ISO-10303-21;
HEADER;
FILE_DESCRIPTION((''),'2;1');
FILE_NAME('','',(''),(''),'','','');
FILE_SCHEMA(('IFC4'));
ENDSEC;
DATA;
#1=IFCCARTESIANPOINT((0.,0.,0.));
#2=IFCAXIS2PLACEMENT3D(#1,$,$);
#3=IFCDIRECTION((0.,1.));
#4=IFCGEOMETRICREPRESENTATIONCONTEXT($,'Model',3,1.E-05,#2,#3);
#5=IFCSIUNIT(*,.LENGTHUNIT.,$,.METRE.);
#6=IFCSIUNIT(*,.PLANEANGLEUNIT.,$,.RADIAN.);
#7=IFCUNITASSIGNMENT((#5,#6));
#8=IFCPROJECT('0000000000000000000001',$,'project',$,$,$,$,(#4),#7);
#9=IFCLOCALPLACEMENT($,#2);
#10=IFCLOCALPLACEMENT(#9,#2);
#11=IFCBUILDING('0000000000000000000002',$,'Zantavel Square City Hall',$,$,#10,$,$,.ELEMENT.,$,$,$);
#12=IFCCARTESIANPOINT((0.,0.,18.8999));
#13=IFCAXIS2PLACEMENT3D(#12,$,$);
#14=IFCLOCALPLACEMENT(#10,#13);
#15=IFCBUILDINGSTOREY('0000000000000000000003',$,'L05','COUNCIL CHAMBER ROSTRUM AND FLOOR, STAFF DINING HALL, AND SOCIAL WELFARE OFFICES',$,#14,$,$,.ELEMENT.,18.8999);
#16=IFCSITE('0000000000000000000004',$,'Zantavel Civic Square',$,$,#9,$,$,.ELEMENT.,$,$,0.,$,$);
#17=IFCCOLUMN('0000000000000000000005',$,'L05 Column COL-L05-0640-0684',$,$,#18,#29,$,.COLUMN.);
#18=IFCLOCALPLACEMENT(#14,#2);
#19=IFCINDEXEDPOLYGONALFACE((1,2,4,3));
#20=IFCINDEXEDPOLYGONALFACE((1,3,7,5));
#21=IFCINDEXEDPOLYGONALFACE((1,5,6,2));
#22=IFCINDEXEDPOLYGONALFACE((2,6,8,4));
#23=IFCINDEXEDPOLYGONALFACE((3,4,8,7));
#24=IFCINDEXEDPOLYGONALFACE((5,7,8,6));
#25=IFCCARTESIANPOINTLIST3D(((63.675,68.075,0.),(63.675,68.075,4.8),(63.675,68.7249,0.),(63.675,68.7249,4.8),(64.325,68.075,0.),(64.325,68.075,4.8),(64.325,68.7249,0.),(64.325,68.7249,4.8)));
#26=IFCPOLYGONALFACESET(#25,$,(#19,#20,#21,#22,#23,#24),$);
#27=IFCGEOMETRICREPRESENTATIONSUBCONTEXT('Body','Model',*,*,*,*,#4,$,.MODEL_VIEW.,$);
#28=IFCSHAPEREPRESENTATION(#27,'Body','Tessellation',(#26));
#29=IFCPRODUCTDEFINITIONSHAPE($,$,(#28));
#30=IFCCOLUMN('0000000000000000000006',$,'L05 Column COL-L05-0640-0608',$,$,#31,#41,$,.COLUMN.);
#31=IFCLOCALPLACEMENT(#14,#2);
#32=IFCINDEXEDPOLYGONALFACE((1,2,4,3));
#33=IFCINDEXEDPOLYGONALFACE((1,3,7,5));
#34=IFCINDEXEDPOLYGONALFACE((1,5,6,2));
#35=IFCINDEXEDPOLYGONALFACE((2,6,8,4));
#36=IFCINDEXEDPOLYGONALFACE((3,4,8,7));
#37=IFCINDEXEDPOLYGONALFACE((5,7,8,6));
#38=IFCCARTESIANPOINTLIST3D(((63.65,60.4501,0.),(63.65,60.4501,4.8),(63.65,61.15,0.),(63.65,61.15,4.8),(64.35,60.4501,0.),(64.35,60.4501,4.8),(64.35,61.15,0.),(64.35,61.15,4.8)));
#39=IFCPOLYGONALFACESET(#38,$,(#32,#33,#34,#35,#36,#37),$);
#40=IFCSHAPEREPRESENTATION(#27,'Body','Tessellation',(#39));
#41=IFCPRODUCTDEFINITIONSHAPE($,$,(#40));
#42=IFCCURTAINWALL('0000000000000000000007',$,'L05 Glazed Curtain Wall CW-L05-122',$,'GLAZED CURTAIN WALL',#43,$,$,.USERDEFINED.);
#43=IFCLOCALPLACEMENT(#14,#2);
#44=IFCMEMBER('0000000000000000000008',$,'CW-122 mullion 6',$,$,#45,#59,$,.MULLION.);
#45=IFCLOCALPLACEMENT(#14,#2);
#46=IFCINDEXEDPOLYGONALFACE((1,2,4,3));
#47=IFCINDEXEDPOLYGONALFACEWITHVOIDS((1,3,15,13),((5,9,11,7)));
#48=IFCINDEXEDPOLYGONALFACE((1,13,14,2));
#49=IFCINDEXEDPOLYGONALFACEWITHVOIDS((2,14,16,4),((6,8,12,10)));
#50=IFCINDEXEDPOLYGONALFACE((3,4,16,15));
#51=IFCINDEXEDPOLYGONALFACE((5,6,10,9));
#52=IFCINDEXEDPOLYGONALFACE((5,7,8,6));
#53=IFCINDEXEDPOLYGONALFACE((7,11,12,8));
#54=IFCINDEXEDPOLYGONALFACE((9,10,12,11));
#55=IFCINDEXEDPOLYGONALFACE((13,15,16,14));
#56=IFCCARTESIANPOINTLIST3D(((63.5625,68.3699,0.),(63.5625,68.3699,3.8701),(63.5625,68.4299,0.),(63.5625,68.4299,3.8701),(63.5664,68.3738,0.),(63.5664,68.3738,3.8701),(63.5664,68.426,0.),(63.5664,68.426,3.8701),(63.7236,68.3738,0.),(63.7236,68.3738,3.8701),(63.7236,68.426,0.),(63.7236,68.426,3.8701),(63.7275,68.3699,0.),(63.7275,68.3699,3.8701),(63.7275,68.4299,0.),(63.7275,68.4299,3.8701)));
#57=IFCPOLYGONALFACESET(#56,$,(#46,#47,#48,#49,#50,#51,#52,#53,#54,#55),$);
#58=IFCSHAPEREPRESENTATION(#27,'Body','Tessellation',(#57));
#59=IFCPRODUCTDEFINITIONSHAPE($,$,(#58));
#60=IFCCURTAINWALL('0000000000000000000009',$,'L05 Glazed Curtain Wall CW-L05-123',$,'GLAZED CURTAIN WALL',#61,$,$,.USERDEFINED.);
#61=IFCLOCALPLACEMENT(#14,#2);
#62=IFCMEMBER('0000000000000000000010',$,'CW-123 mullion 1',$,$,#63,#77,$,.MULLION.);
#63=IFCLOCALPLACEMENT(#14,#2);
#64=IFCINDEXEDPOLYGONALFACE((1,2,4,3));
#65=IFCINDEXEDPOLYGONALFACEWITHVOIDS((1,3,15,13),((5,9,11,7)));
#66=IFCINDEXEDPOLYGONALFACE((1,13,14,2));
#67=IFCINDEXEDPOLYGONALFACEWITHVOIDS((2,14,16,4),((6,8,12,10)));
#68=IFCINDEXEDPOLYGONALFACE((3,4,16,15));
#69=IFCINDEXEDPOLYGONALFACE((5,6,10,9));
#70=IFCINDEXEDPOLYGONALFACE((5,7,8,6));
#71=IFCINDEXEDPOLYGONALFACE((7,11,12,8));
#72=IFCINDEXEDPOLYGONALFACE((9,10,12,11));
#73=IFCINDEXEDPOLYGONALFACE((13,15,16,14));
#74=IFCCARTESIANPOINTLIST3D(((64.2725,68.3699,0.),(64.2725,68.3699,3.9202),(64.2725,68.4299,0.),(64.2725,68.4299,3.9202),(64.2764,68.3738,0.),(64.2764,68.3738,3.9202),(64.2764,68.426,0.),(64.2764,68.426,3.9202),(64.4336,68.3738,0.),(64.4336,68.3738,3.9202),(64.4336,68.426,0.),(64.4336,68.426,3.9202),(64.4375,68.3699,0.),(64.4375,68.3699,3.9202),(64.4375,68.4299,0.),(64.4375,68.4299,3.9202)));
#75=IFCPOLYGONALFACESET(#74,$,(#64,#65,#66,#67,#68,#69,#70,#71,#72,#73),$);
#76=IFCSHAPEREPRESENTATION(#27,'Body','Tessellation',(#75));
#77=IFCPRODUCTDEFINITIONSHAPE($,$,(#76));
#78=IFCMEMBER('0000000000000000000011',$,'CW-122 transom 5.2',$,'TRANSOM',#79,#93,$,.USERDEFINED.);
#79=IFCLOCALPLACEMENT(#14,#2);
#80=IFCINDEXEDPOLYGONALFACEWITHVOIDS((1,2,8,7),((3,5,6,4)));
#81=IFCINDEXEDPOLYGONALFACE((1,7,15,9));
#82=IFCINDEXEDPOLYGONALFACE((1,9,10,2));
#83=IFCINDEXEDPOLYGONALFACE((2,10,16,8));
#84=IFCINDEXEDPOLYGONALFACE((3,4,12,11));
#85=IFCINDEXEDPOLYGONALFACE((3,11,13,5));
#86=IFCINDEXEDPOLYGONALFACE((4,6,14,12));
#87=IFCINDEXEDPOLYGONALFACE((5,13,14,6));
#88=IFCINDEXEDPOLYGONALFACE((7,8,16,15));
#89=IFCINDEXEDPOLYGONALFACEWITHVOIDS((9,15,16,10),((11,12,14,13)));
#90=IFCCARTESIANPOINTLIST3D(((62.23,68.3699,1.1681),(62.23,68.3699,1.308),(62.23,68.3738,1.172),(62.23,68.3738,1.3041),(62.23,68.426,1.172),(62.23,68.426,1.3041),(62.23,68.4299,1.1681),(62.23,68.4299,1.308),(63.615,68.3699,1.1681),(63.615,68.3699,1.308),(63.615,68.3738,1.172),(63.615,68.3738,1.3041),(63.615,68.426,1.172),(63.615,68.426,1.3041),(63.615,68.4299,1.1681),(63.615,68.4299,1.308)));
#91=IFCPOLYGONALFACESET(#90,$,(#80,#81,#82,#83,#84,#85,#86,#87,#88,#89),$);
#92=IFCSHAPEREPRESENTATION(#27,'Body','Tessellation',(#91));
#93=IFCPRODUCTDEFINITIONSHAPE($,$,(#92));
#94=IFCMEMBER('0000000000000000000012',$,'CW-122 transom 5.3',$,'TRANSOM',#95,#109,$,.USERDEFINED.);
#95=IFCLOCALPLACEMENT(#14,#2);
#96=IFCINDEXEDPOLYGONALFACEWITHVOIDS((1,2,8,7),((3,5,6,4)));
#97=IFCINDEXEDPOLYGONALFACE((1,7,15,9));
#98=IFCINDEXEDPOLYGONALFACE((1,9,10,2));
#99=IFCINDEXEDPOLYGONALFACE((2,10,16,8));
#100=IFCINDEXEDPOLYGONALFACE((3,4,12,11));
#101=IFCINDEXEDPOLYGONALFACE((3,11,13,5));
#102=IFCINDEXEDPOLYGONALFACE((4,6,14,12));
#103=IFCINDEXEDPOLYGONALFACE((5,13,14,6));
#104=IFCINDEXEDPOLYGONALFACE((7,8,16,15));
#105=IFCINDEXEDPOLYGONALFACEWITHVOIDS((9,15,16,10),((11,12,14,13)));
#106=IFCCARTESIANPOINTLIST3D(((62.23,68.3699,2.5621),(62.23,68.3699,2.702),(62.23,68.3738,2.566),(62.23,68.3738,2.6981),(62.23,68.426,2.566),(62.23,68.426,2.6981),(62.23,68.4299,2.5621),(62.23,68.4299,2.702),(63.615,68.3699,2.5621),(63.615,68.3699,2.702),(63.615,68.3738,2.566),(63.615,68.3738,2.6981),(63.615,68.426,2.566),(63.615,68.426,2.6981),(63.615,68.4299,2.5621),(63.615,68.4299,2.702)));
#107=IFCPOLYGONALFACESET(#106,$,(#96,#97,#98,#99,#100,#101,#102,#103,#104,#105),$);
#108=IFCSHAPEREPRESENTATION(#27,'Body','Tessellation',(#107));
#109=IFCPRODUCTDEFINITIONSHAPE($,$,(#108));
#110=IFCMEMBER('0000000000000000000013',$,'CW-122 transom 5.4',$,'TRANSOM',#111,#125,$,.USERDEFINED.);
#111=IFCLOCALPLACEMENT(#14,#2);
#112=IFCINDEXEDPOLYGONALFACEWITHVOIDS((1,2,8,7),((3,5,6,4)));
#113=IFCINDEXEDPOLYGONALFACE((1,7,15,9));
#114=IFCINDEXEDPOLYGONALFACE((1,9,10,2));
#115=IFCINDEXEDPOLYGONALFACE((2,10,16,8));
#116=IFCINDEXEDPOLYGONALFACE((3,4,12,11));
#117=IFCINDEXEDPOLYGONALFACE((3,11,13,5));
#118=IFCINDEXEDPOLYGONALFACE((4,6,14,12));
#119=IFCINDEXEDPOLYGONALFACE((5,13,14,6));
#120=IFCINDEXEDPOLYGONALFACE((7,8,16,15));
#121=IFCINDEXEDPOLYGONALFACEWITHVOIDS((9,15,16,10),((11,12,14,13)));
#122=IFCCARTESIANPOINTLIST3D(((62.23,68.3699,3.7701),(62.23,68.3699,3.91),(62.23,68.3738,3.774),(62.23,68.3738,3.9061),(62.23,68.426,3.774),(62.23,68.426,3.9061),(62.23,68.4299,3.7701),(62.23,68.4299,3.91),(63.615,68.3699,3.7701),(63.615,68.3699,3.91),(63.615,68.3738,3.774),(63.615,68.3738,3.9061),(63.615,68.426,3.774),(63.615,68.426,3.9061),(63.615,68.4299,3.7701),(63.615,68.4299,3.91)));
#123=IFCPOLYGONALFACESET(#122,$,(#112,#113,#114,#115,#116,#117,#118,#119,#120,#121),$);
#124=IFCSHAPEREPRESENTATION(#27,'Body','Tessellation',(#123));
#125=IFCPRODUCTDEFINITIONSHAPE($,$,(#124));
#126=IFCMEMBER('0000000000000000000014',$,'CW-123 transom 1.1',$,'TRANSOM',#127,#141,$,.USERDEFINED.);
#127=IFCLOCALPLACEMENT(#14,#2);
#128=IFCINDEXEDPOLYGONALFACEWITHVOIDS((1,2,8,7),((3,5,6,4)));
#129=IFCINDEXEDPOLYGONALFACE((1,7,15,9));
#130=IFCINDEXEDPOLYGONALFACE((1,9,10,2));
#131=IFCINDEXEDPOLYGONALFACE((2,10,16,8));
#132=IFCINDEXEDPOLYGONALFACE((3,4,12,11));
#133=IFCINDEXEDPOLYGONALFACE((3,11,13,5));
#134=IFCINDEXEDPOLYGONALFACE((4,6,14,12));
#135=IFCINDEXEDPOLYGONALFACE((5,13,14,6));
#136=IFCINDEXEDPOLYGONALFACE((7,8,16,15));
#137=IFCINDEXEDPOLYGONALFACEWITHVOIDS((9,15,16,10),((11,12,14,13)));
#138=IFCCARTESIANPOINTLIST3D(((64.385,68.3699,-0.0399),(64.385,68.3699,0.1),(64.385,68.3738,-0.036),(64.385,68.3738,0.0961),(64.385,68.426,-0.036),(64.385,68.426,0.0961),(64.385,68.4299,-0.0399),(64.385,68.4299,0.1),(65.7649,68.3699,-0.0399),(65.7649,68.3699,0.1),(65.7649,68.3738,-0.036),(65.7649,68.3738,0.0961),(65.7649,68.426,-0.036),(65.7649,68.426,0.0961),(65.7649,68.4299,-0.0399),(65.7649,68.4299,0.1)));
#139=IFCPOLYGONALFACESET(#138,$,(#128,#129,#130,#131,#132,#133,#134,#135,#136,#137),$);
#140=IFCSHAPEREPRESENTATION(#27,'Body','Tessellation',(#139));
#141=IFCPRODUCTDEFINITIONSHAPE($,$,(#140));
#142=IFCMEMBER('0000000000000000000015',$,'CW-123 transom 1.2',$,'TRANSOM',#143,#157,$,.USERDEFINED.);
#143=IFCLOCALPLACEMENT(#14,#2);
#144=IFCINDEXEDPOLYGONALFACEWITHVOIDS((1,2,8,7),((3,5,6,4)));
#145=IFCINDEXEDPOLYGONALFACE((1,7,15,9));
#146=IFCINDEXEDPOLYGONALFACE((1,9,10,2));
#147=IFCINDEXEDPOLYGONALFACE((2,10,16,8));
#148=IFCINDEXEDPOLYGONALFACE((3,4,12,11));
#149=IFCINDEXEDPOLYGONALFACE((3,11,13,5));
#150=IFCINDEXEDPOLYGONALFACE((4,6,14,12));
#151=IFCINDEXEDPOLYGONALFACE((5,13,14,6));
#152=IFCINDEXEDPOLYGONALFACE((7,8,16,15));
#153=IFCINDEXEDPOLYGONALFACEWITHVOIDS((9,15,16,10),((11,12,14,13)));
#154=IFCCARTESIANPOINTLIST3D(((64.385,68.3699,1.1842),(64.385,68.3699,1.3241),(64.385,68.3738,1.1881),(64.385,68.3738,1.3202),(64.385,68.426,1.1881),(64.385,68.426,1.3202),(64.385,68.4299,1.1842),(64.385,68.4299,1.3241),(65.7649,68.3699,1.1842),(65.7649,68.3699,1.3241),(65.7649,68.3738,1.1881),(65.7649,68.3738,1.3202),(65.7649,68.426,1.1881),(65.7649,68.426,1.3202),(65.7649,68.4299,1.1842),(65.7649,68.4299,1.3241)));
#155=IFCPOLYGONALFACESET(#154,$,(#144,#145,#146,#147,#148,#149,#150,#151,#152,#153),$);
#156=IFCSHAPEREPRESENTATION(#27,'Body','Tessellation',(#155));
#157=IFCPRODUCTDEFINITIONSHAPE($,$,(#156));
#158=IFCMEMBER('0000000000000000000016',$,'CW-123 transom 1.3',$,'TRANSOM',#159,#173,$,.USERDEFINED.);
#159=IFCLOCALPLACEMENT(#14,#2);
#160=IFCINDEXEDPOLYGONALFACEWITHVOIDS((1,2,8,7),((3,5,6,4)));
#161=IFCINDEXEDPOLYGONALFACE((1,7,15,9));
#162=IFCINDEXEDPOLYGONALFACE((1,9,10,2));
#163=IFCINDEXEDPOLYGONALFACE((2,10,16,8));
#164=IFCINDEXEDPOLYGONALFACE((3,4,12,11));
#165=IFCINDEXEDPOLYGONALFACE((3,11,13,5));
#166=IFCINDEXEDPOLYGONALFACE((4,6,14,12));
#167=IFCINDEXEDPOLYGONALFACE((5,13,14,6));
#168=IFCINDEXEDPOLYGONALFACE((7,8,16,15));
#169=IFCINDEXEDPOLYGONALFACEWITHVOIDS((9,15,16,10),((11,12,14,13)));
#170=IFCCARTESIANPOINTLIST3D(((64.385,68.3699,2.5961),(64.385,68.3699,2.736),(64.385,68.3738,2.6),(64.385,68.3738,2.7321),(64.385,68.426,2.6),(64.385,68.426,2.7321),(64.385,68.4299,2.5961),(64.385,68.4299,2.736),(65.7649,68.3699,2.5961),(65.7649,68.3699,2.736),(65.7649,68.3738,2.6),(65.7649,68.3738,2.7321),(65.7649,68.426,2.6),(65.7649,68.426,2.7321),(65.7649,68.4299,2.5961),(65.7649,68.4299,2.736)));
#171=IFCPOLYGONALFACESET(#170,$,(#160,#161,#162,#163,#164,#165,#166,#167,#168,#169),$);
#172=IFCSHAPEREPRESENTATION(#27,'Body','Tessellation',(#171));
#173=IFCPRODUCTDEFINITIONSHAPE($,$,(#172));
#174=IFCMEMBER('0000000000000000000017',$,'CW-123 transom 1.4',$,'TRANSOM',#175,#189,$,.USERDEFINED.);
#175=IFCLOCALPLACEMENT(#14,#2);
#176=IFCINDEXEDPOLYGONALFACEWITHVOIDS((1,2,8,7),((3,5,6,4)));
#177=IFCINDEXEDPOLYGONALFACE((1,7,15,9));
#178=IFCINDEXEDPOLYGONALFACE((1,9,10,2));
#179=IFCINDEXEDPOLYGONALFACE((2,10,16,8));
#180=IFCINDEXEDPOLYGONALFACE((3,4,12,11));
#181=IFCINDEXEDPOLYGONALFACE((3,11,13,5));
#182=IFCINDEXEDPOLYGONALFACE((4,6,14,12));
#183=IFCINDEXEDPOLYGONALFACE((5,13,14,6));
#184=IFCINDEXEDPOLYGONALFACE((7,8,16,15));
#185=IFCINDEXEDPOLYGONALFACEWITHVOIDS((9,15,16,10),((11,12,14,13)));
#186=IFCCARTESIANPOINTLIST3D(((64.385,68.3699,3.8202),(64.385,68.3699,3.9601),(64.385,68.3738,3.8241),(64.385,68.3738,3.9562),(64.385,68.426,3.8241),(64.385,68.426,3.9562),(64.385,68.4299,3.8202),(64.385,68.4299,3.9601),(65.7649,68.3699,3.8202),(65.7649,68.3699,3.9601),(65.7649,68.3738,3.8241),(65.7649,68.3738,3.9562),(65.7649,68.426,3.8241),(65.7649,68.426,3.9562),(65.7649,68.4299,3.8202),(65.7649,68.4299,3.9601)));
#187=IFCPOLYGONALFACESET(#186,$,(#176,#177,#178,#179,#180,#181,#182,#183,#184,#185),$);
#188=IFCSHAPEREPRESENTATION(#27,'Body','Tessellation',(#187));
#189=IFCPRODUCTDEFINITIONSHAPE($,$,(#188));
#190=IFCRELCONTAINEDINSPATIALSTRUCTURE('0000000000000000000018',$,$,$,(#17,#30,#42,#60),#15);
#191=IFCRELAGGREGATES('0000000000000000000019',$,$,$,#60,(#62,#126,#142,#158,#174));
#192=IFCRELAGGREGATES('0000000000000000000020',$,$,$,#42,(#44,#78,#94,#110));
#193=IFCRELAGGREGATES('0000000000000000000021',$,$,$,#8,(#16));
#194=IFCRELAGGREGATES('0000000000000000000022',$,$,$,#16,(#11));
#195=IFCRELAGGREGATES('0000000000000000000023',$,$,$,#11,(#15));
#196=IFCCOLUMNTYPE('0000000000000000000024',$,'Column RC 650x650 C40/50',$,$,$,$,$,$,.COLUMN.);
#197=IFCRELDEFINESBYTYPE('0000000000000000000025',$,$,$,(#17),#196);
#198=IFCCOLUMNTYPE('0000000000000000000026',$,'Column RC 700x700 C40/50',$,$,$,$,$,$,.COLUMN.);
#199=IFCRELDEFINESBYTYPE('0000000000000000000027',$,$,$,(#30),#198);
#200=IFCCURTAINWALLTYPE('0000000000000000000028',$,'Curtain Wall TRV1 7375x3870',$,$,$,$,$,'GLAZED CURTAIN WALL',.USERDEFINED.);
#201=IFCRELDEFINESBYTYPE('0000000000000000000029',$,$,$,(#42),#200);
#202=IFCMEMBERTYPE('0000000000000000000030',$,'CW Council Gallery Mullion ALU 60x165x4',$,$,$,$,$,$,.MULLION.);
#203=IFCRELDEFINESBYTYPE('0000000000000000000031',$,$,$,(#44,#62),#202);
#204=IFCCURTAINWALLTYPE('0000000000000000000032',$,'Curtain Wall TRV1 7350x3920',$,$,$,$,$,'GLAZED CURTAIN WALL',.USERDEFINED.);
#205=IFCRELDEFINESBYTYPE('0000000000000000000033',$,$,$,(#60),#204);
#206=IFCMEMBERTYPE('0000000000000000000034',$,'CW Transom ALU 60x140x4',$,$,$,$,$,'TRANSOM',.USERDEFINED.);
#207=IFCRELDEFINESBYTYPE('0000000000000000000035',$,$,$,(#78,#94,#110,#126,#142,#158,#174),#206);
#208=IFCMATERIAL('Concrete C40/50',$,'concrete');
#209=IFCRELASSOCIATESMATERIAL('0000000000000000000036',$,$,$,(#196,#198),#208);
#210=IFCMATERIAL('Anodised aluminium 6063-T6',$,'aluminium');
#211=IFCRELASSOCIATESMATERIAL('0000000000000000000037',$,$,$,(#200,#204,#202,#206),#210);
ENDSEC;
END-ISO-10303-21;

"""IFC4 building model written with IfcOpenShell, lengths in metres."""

from ifc_helpers import new_model, si_unit, direction, frame, origin, origin_2d, place, context, subcontext, project, spatial, rectangle, hollow_rectangle, extrude, material, material_profile, profile_set, type_object, element, aggregate, save


model = new_model("IFC4")

# Units and contexts
model_context = context("Model", 3, precision=1e-05, world=origin(), true_north=direction((0.0, 1.0)))
body_context = subcontext(model_context, "Body", "Model", "MODEL_VIEW")
ifc_project = project(units=[si_unit("LENGTHUNIT", "METRE"), si_unit("PLANEANGLEUNIT", "RADIAN")], contexts=[model_context])

# Site, building, storey
site_placement = place(None, origin())
site = spatial("IfcSite", under=ifc_project, at=site_placement, Name="Zantavel Civic Square", CompositionType="ELEMENT", RefElevation=0.0)
building_placement = place(site_placement, origin())
building = spatial("IfcBuilding", under=site, at=building_placement, Name="Zantavel Square City Hall", CompositionType="ELEMENT")
storey_placement = place(building_placement, frame((0.0, 0.0, 18.8999)))
storey = spatial("IfcBuildingStorey", under=building, at=storey_placement, Name="L05", Description="COUNCIL CHAMBER ROSTRUM AND FLOOR, STAFF DINING HALL, AND SOCIAL WELFARE OFFICES", CompositionType="ELEMENT", Elevation=18.8999)

# Columns
ifc_material_1 = material(Name="Concrete C40/50", Category="concrete")
ifc_material_profile_1 = material_profile(ifc_material_1, rectangle(XDim=0.6499, YDim=0.6499, at=origin_2d()), Name="RC 650x650")
ifc_profile_set_1 = profile_set([ifc_material_profile_1], Name="Concrete C40/50")
column_type_1 = type_object("IfcColumnType", Name="Column RC 650x650 C40/50", PredefinedType="COLUMN", material=ifc_profile_set_1)
column_1_placement = place(storey_placement, frame((64.0, 68.3999, 0.0), z_axis=(0.0, 0.0, 1.0), x_axis=(1.0, 0.0, 0.0)))
element("IfcColumn", 1, at=column_1_placement, inside=storey, type_object=column_type_1, Name="L05 Column COL-L05-0640-0684", PredefinedType="COLUMN", context=body_context, shape_type="SweptSolid", body=[
    extrude(rectangle(XDim=0.6499, YDim=0.6499, at=origin_2d()), origin(), (0.0, 0.0, 1.0), 4.8),
])
ifc_material_profile_2 = material_profile(ifc_material_1, rectangle(XDim=0.7, YDim=0.7, at=origin_2d()), Name="RC 700x700")
ifc_profile_set_2 = profile_set([ifc_material_profile_2], Name="Concrete C40/50")
column_type_2 = type_object("IfcColumnType", Name="Column RC 700x700 C40/50", PredefinedType="COLUMN", material=ifc_profile_set_2)
column_2_placement = place(storey_placement, frame((64.0, 60.8, 0.0), z_axis=(0.0, 0.0, 1.0), x_axis=(1.0, 0.0, 0.0)))
element("IfcColumn", 2, at=column_2_placement, inside=storey, type_object=column_type_2, Name="L05 Column COL-L05-0640-0608", PredefinedType="COLUMN", context=body_context, shape_type="SweptSolid", body=[
    extrude(rectangle(XDim=0.7, YDim=0.7, at=origin_2d()), origin(), (0.0, 0.0, 1.0), 4.8),
])

# Curtain walls, members
ifc_material_2 = material(Name="Anodised aluminium 6063-T6", Category="aluminium")
curtain_wall_type_1 = type_object("IfcCurtainWallType", Name="Curtain Wall TRV1 7375x3870", ElementType="GLAZED CURTAIN WALL", PredefinedType="USERDEFINED", material=ifc_material_2)
curtain_wall_1_placement = place(storey_placement, origin())
curtain_wall_1 = element("IfcCurtainWall", 3, at=curtain_wall_1_placement, inside=storey, type_object=curtain_wall_type_1, Name="L05 Glazed Curtain Wall CW-L05-122", ObjectType="GLAZED CURTAIN WALL", PredefinedType="USERDEFINED")
ifc_material_profile_3 = material_profile(ifc_material_2, hollow_rectangle(XDim=0.0601, YDim=0.165, WallThickness=0.0039, at=origin_2d()), Name="ALU 60x165x4")
ifc_profile_set_3 = profile_set([ifc_material_profile_3], Name="Anodised aluminium 6063-T6")
member_type_1 = type_object("IfcMemberType", Name="CW Council Gallery Mullion ALU 60x165x4", PredefinedType="MULLION", material=ifc_profile_set_3)
member_1_placement = place(storey_placement, frame((63.645, 68.3999, 0.0), z_axis=(0.0, 0.0, 1.0), x_axis=(0.0, 1.0, 0.0)))
member_1 = element("IfcMember", 4, at=member_1_placement, type_object=member_type_1, Name="CW-122 mullion 6", PredefinedType="MULLION", context=body_context, shape_type="SweptSolid", body=[
    extrude(hollow_rectangle(XDim=0.0601, YDim=0.165, WallThickness=0.0039, at=origin_2d()), origin(), (0.0, 0.0, 1.0), 3.8701),
])
curtain_wall_type_2 = type_object("IfcCurtainWallType", Name="Curtain Wall TRV1 7350x3920", ElementType="GLAZED CURTAIN WALL", PredefinedType="USERDEFINED", material=ifc_material_2)
curtain_wall_2_placement = place(storey_placement, origin())
curtain_wall_2 = element("IfcCurtainWall", 5, at=curtain_wall_2_placement, inside=storey, type_object=curtain_wall_type_2, Name="L05 Glazed Curtain Wall CW-L05-123", ObjectType="GLAZED CURTAIN WALL", PredefinedType="USERDEFINED")
member_2_placement = place(storey_placement, frame((64.355, 68.3999, 0.0), z_axis=(0.0, 0.0, 1.0), x_axis=(0.0, 1.0, 0.0)))
member_2 = element("IfcMember", 6, at=member_2_placement, type_object=member_type_1, Name="CW-123 mullion 1", PredefinedType="MULLION", context=body_context, shape_type="SweptSolid", body=[
    extrude(hollow_rectangle(XDim=0.0601, YDim=0.165, WallThickness=0.0039, at=origin_2d()), origin(), (0.0, 0.0, 1.0), 3.9202),
])

# Members
ifc_material_profile_4 = material_profile(ifc_material_2, hollow_rectangle(XDim=0.0601, YDim=0.1399, WallThickness=0.0039, at=origin_2d()), Name="ALU 60x140x4")
ifc_profile_set_4 = profile_set([ifc_material_profile_4], Name="Anodised aluminium 6063-T6")
member_type_2 = type_object("IfcMemberType", Name="CW Transom ALU 60x140x4", ElementType="TRANSOM", PredefinedType="USERDEFINED", material=ifc_profile_set_4)
member_3_placement = place(storey_placement, frame((62.23, 68.3999, 1.238), z_axis=(1.0, 0.0, 0.0), x_axis=(0.0, 1.0, 0.0)))
member_3 = element("IfcMember", 7, at=member_3_placement, type_object=member_type_2, Name="CW-122 transom 5.2", ObjectType="TRANSOM", PredefinedType="USERDEFINED", context=body_context, shape_type="SweptSolid", body=[
    extrude(hollow_rectangle(XDim=0.0601, YDim=0.1399, WallThickness=0.0039, at=origin_2d()), origin(), (0.0, 0.0, 1.0), 1.385),
])
member_4_placement = place(storey_placement, frame((62.23, 68.3999, 2.6321), z_axis=(1.0, 0.0, 0.0), x_axis=(0.0, 1.0, 0.0)))
member_4 = element("IfcMember", 8, at=member_4_placement, type_object=member_type_2, Name="CW-122 transom 5.3", ObjectType="TRANSOM", PredefinedType="USERDEFINED", context=body_context, shape_type="SweptSolid", body=[
    extrude(hollow_rectangle(XDim=0.0601, YDim=0.1399, WallThickness=0.0039, at=origin_2d()), origin(), (0.0, 0.0, 1.0), 1.385),
])
member_5_placement = place(storey_placement, frame((62.23, 68.3999, 3.8401), z_axis=(1.0, 0.0, 0.0), x_axis=(0.0, 1.0, 0.0)))
member_5 = element("IfcMember", 9, at=member_5_placement, type_object=member_type_2, Name="CW-122 transom 5.4", ObjectType="TRANSOM", PredefinedType="USERDEFINED", context=body_context, shape_type="SweptSolid", body=[
    extrude(hollow_rectangle(XDim=0.0601, YDim=0.1399, WallThickness=0.0039, at=origin_2d()), origin(), (0.0, 0.0, 1.0), 1.385),
])
member_6_placement = place(storey_placement, frame((64.385, 68.3999, 0.03), z_axis=(1.0, 0.0, 0.0), x_axis=(0.0, 1.0, 0.0)))
member_6 = element("IfcMember", 10, at=member_6_placement, type_object=member_type_2, Name="CW-123 transom 1.1", ObjectType="TRANSOM", PredefinedType="USERDEFINED", context=body_context, shape_type="SweptSolid", body=[
    extrude(hollow_rectangle(XDim=0.0601, YDim=0.1399, WallThickness=0.0039, at=origin_2d()), origin(), (0.0, 0.0, 1.0), 1.3799),
])
member_7_placement = place(storey_placement, frame((64.385, 68.3999, 1.2542), z_axis=(1.0, 0.0, 0.0), x_axis=(0.0, 1.0, 0.0)))
member_7 = element("IfcMember", 11, at=member_7_placement, type_object=member_type_2, Name="CW-123 transom 1.2", ObjectType="TRANSOM", PredefinedType="USERDEFINED", context=body_context, shape_type="SweptSolid", body=[
    extrude(hollow_rectangle(XDim=0.0601, YDim=0.1399, WallThickness=0.0039, at=origin_2d()), origin(), (0.0, 0.0, 1.0), 1.3799),
])
member_8_placement = place(storey_placement, frame((64.385, 68.3999, 2.666), z_axis=(1.0, 0.0, 0.0), x_axis=(0.0, 1.0, 0.0)))
member_8 = element("IfcMember", 12, at=member_8_placement, type_object=member_type_2, Name="CW-123 transom 1.3", ObjectType="TRANSOM", PredefinedType="USERDEFINED", context=body_context, shape_type="SweptSolid", body=[
    extrude(hollow_rectangle(XDim=0.0601, YDim=0.1399, WallThickness=0.0039, at=origin_2d()), origin(), (0.0, 0.0, 1.0), 1.3799),
])
member_9_placement = place(storey_placement, frame((64.385, 68.3999, 3.8901), z_axis=(1.0, 0.0, 0.0), x_axis=(0.0, 1.0, 0.0)))
member_9 = element("IfcMember", 13, at=member_9_placement, type_object=member_type_2, Name="CW-123 transom 1.4", ObjectType="TRANSOM", PredefinedType="USERDEFINED", context=body_context, shape_type="SweptSolid", body=[
    extrude(hollow_rectangle(XDim=0.0601, YDim=0.1399, WallThickness=0.0039, at=origin_2d()), origin(), (0.0, 0.0, 1.0), 1.3799),
])
aggregate(curtain_wall_2, [member_2, member_6, member_7, member_8, member_9])

aggregate(curtain_wall_1, [member_1, member_3, member_4, member_5])

save(model, "model.ifc")
